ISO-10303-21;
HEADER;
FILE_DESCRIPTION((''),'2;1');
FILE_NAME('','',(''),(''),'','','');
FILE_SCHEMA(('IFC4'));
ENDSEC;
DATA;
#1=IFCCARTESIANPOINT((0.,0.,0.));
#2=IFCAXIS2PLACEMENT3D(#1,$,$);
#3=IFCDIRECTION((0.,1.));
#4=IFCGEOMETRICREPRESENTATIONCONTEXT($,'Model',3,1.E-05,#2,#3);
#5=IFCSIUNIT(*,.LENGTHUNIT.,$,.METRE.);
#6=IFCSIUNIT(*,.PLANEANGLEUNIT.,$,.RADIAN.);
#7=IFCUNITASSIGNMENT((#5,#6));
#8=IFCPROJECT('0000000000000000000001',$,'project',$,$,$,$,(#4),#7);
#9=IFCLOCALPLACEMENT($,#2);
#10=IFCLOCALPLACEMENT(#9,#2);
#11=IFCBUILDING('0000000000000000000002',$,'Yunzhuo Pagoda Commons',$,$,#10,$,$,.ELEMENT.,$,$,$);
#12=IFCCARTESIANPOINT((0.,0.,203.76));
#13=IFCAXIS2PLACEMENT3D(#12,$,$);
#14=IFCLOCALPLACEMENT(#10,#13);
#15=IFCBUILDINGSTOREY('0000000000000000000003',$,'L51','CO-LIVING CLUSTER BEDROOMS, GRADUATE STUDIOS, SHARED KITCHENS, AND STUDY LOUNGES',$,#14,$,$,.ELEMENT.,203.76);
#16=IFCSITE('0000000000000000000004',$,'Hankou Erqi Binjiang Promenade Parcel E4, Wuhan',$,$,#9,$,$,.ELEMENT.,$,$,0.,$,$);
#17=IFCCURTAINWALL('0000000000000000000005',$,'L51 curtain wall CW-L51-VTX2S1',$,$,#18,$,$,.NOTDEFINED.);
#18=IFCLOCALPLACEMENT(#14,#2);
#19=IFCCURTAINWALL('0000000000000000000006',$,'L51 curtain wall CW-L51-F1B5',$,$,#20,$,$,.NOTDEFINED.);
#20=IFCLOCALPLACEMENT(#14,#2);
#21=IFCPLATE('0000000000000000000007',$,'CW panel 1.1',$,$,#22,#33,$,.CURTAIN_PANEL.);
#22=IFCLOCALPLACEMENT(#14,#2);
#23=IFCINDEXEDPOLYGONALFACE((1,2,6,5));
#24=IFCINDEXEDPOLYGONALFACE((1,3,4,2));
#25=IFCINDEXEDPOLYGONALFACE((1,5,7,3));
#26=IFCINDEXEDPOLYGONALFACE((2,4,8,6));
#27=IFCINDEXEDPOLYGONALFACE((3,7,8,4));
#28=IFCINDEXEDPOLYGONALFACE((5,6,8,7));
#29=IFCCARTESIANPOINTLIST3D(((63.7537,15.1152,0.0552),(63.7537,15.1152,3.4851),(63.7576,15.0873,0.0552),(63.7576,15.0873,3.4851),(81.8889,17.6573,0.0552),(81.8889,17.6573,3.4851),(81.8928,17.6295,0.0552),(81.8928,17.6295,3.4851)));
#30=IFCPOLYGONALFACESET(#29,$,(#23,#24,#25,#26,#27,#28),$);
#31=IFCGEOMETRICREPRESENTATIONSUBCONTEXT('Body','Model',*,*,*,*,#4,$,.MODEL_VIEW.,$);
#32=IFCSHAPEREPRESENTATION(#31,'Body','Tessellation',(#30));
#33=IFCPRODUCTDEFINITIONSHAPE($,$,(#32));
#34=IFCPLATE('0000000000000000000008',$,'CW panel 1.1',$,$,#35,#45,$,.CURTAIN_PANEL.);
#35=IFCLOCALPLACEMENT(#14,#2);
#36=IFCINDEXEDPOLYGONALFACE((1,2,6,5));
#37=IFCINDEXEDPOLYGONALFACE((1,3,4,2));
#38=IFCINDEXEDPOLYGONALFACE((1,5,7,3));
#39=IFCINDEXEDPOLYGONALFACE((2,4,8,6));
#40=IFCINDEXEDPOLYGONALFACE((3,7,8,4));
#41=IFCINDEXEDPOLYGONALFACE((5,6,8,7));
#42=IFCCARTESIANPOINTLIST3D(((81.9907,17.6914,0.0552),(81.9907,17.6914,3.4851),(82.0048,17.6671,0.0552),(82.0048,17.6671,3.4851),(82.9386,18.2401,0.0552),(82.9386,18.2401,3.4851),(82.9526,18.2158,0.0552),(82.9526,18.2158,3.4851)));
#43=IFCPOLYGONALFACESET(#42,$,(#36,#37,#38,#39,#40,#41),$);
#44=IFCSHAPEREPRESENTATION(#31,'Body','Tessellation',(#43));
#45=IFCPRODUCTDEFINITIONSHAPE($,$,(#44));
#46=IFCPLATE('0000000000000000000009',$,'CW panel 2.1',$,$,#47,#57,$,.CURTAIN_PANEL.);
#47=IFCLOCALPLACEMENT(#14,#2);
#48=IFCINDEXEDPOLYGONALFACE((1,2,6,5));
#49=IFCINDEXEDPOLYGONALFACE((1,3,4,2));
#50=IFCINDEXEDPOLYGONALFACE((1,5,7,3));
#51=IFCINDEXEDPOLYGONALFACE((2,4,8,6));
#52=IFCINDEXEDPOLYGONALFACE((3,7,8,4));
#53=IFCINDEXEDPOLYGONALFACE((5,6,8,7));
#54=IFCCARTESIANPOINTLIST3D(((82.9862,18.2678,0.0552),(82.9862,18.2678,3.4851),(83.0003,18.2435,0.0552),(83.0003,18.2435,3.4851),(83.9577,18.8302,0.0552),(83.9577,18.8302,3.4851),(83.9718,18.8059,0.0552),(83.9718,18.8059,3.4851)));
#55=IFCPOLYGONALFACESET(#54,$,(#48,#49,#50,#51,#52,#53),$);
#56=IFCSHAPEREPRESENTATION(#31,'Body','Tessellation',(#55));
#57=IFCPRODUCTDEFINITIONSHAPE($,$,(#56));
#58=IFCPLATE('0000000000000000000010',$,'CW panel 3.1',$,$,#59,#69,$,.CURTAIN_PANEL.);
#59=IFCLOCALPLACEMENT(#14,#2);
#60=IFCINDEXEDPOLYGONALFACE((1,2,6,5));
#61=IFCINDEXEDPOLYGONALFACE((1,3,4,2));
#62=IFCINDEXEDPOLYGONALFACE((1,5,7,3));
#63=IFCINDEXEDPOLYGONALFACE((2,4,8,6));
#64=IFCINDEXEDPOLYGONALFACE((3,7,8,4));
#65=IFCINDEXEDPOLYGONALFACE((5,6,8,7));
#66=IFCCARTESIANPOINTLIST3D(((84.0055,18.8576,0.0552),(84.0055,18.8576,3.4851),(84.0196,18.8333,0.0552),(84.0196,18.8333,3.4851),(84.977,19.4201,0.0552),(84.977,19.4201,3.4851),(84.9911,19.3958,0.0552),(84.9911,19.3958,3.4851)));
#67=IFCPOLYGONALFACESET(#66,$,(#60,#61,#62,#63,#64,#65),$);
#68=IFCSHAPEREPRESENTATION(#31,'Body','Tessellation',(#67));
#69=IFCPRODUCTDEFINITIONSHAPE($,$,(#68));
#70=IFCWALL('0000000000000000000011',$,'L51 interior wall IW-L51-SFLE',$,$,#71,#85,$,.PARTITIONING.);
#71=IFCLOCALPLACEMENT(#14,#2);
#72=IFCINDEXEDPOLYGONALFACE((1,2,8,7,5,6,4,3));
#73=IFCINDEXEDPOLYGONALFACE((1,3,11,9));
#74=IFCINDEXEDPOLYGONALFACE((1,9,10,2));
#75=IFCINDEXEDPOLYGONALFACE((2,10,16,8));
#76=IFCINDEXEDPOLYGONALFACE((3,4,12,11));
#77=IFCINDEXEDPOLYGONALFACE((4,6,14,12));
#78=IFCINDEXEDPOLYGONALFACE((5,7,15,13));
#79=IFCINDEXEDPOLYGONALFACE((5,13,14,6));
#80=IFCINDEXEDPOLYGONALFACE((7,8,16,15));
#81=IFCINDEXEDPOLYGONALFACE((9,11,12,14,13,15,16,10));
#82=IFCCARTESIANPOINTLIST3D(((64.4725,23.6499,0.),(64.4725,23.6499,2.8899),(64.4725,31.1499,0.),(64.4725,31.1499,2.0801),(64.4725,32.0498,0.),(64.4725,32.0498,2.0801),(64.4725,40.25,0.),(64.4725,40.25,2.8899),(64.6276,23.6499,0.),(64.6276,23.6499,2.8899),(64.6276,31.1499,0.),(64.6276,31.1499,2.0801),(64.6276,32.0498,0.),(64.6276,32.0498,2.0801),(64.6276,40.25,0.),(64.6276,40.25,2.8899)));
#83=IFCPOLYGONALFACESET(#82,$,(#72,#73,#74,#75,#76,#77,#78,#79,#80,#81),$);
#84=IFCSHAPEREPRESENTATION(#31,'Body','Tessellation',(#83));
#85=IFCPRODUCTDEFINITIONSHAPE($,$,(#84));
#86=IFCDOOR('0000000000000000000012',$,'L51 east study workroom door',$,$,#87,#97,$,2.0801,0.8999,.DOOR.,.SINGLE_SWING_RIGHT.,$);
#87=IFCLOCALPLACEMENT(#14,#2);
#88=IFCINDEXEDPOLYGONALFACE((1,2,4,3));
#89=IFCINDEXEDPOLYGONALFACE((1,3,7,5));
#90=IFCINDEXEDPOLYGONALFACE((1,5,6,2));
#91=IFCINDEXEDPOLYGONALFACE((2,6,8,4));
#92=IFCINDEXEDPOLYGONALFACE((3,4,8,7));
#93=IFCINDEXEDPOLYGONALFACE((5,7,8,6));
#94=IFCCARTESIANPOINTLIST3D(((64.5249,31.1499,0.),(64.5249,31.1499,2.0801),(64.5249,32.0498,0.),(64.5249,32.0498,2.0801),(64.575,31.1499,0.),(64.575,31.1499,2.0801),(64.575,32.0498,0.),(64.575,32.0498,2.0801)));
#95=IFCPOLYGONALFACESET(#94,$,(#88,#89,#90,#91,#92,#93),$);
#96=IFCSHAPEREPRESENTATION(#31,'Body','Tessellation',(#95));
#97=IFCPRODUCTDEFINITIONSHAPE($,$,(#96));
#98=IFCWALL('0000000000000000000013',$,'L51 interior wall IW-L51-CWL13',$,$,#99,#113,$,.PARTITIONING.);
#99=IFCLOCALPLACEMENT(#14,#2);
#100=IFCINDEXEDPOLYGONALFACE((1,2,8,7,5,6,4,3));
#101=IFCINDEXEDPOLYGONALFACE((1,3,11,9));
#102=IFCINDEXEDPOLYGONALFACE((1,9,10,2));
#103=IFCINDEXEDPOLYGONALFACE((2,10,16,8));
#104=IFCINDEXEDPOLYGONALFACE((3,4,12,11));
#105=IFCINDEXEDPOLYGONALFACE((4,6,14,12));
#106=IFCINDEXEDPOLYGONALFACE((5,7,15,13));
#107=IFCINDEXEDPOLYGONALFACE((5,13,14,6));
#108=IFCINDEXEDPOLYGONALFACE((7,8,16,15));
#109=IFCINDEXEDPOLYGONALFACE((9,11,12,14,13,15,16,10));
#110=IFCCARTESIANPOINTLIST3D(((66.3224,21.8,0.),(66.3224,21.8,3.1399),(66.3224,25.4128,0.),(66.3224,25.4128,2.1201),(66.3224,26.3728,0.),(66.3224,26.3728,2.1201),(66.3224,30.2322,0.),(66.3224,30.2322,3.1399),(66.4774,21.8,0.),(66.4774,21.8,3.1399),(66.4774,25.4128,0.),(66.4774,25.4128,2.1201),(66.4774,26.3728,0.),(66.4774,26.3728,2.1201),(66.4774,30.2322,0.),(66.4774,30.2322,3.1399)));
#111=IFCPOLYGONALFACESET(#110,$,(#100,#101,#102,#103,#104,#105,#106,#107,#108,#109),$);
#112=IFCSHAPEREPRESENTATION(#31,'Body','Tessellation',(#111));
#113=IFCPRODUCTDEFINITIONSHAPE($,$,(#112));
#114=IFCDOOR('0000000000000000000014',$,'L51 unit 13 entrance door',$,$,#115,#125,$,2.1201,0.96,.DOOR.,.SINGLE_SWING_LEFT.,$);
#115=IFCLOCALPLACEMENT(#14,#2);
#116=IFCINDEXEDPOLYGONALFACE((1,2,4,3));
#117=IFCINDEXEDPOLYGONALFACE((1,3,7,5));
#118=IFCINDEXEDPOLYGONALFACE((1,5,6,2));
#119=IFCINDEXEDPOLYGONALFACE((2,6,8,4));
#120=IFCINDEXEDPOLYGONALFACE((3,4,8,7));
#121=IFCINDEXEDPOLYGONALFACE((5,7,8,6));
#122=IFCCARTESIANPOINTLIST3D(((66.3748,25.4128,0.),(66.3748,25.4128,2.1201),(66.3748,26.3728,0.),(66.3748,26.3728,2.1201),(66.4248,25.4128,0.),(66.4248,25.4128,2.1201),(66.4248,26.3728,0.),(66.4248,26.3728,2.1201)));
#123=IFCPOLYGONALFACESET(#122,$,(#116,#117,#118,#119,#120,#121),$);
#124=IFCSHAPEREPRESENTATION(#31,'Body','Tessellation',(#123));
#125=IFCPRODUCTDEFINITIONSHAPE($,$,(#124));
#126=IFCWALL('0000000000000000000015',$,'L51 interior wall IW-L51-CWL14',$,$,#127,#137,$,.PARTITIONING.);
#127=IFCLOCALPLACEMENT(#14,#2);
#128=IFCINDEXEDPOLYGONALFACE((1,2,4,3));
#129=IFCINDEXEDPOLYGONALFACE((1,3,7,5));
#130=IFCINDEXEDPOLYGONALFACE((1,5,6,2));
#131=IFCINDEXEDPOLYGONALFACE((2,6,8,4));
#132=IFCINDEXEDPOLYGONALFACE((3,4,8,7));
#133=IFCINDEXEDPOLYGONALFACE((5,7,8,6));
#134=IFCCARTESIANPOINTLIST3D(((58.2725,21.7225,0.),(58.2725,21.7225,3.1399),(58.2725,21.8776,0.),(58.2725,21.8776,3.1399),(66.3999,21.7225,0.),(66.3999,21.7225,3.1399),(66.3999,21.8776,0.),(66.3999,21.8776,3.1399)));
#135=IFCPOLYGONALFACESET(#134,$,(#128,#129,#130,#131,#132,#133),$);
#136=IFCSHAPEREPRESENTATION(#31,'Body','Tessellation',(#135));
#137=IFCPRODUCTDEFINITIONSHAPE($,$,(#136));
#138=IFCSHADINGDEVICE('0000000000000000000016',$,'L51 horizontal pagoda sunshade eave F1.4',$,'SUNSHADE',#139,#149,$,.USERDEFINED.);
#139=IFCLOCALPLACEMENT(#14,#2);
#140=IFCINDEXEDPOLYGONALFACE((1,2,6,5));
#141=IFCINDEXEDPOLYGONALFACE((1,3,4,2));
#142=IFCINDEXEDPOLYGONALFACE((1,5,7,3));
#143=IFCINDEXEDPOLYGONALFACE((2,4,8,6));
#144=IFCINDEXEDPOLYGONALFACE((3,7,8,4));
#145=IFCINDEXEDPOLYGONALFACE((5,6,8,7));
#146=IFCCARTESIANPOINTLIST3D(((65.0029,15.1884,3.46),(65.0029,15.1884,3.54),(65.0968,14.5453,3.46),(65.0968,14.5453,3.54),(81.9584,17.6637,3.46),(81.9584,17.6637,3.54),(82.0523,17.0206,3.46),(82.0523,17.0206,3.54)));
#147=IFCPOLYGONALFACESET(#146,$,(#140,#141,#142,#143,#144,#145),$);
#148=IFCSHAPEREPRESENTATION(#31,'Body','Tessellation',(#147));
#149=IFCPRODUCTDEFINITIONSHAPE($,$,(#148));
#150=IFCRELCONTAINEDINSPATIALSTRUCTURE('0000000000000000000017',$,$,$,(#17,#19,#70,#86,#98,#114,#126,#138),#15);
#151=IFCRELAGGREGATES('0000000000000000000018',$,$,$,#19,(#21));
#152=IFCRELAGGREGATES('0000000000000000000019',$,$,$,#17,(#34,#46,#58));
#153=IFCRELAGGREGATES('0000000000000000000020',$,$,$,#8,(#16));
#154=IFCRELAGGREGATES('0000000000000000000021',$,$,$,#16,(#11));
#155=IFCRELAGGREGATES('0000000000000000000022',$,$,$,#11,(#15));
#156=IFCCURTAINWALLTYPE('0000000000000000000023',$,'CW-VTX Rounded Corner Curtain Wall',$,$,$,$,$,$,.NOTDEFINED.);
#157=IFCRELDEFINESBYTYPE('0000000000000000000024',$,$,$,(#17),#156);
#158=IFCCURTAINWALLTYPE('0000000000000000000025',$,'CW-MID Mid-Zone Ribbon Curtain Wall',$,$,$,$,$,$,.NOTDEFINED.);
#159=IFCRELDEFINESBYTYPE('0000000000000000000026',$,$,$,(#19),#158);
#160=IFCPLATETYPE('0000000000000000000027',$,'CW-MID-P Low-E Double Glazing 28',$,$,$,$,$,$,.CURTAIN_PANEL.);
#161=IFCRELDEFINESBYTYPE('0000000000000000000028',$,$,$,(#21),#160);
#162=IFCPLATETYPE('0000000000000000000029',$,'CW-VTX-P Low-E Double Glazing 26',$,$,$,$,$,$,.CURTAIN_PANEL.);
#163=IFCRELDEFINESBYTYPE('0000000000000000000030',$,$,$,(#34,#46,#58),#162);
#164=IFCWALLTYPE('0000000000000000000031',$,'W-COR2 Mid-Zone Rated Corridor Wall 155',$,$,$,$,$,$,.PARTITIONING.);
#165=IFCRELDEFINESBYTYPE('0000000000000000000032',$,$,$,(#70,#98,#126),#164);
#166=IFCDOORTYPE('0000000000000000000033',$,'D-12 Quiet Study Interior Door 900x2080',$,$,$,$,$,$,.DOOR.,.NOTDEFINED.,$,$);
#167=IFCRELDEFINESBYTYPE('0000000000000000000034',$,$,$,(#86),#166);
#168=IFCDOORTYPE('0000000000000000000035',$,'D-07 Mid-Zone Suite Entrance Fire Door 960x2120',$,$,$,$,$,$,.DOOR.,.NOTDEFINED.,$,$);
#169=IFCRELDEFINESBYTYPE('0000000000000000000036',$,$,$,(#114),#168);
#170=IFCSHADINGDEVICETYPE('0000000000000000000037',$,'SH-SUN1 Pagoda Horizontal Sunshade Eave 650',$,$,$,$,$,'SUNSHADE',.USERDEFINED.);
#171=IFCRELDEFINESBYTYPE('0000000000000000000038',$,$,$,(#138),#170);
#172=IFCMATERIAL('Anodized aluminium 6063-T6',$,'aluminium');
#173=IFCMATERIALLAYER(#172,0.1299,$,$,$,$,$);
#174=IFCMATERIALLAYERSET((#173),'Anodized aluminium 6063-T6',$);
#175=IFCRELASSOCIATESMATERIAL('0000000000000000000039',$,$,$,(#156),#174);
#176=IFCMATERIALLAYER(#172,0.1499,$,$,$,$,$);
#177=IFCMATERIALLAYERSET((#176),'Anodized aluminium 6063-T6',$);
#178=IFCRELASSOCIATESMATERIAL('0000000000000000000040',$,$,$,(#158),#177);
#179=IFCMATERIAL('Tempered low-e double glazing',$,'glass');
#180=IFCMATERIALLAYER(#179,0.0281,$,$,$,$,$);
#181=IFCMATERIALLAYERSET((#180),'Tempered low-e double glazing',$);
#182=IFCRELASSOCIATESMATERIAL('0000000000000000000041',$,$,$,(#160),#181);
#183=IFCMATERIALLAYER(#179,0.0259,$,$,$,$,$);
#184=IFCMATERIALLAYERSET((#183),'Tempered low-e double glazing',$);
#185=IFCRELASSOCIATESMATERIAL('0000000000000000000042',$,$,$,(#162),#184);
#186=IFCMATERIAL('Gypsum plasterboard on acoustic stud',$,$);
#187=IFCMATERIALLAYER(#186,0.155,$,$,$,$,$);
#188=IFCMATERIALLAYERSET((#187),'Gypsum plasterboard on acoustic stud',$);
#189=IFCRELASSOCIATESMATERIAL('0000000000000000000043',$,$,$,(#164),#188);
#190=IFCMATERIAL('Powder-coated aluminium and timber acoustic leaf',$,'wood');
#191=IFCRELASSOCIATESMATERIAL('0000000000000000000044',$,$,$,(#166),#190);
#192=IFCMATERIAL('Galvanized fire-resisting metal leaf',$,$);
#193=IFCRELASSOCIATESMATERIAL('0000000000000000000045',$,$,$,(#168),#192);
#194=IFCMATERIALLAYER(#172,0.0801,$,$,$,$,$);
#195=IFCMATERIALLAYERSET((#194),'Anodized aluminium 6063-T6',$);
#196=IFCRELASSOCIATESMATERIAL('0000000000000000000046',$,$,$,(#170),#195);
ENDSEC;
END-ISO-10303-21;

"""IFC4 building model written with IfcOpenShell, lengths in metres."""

from ifc_helpers import new_model, si_unit, direction, frame, frame_2d, origin, origin_with_axes, origin_2d, place, context, subcontext, project, spatial, rectangle, extrude, source, transform, mapped, material, layer, layer_set, type_object, element, fill, aggregate, save


model = new_model("IFC4")

# Units and contexts
model_context = context("Model", 3, precision=1e-05, world=origin(), true_north=direction((0.0, 1.0)))
body_context = subcontext(model_context, "Body", "Model", "MODEL_VIEW")
ifc_project = project(units=[si_unit("LENGTHUNIT", "METRE"), si_unit("PLANEANGLEUNIT", "RADIAN")], contexts=[model_context])

# Site, building, storey
site_placement = place(None, origin())
site = spatial("IfcSite", under=ifc_project, at=site_placement, Name="Hankou Erqi Binjiang Promenade Parcel E4, Wuhan", CompositionType="ELEMENT", RefElevation=0.0)
building_placement = place(site_placement, origin())
building = spatial("IfcBuilding", under=site, at=building_placement, Name="Yunzhuo Pagoda Commons", CompositionType="ELEMENT")
storey_placement = place(building_placement, frame((0.0, 0.0, 203.76)))
storey = spatial("IfcBuildingStorey", under=building, at=storey_placement, Name="L51", Description="CO-LIVING CLUSTER BEDROOMS, GRADUATE STUDIOS, SHARED KITCHENS, AND STUDY LOUNGES", CompositionType="ELEMENT", Elevation=203.76)

# Curtain wall
ifc_material_1 = material(Name="Anodized aluminium 6063-T6", Category="aluminium")
ifc_layer_1 = layer(ifc_material_1, 0.1299)
ifc_layer_set_1 = layer_set([ifc_layer_1], Name="Anodized aluminium 6063-T6")
curtain_wall_type_1 = type_object("IfcCurtainWallType", Name="CW-VTX Rounded Corner Curtain Wall", PredefinedType="NOTDEFINED", material=ifc_layer_set_1)
curtain_wall_1_placement = place(storey_placement, origin())
curtain_wall_1 = element("IfcCurtainWall", 1, at=curtain_wall_1_placement, inside=storey, type_object=curtain_wall_type_1, Name="L51 curtain wall CW-L51-VTX2S1", PredefinedType="NOTDEFINED")

# Curtain wall
ifc_layer_2 = layer(ifc_material_1, 0.1499)
ifc_layer_set_2 = layer_set([ifc_layer_2], Name="Anodized aluminium 6063-T6")
curtain_wall_type_2 = type_object("IfcCurtainWallType", Name="CW-MID Mid-Zone Ribbon Curtain Wall", PredefinedType="NOTDEFINED", material=ifc_layer_set_2)
curtain_wall_2_placement = place(storey_placement, origin())
curtain_wall_2 = element("IfcCurtainWall", 2, at=curtain_wall_2_placement, inside=storey, type_object=curtain_wall_type_2, Name="L51 curtain wall CW-L51-F1B5", PredefinedType="NOTDEFINED")

# Plates
ifc_material_2 = material(Name="Tempered low-e double glazing", Category="glass")
ifc_layer_3 = layer(ifc_material_2, 0.0281)
ifc_layer_set_3 = layer_set([ifc_layer_3], Name="Tempered low-e double glazing")
plate_type_1 = type_object("IfcPlateType", Name="CW-MID-P Low-E Double Glazing 28", PredefinedType="CURTAIN_PANEL", material=ifc_layer_set_3)
shared_shape_1 = source(origin(), body_context, "Body", "SweptSolid", [
    extrude(rectangle(XDim=18.3125, YDim=0.0281, at=origin_2d()), origin(), (0.0, 0.0, 1.0), 3.4299),
])
plate_1_placement = place(storey_placement, frame((72.8232, 16.3723, 0.0552), z_axis=(0.0, 0.0, 1.0), x_axis=(0.990318, 0.138819, 0.0)))
plate_1 = element("IfcPlate", 3, at=plate_1_placement, type_object=plate_type_1, Name="CW panel 1.1", PredefinedType="CURTAIN_PANEL", context=body_context, shape_type="MappedRepresentation", body=[
    mapped(shared_shape_1, transform((0.0, 0.0, 0.0), scale=1.0)),
])
aggregate(curtain_wall_2, [plate_1])
ifc_layer_4 = layer(ifc_material_2, 0.0259)
ifc_layer_set_4 = layer_set([ifc_layer_4], Name="Tempered low-e double glazing")
plate_type_2 = type_object("IfcPlateType", Name="CW-VTX-P Low-E Double Glazing 26", PredefinedType="CURTAIN_PANEL", material=ifc_layer_set_4)
shared_shape_2 = source(origin(), body_context, "Body", "SweptSolid", [
    extrude(rectangle(XDim=1.0952, YDim=0.0281, at=origin_2d()), origin(), (0.0, 0.0, 1.0), 3.4299),
])
plate_2_placement = place(storey_placement, frame((82.4717, 17.9536, 0.0552), z_axis=(0.0, 0.0, 1.0), x_axis=(0.865426, 0.501037, 0.0)))
plate_2 = element("IfcPlate", 4, at=plate_2_placement, type_object=plate_type_2, Name="CW panel 1.1", PredefinedType="CURTAIN_PANEL", context=body_context, shape_type="MappedRepresentation", body=[
    mapped(shared_shape_2, transform((0.0, 0.0, 0.0), scale=1.0)),
])
shared_shape_3 = source(origin(), body_context, "Body", "SweptSolid", [
    extrude(rectangle(XDim=1.1226, YDim=0.0281, at=origin_2d()), origin(), (0.0, 0.0, 1.0), 3.4299),
])
plate_3_placement = place(storey_placement, frame((83.479, 18.5369, 0.0552), z_axis=(0.0, 0.0, 1.0), x_axis=(0.865426, 0.501037, 0.0)))
plate_3 = element("IfcPlate", 5, at=plate_3_placement, type_object=plate_type_2, Name="CW panel 2.1", PredefinedType="CURTAIN_PANEL", context=body_context, shape_type="MappedRepresentation", body=[
    mapped(shared_shape_3, transform((0.0, 0.0, 0.0), scale=1.0)),
])
plate_4_placement = place(storey_placement, frame((84.4983, 19.1267, 0.0552), z_axis=(0.0, 0.0, 1.0), x_axis=(0.865426, 0.501037, 0.0)))
plate_4 = element("IfcPlate", 6, at=plate_4_placement, type_object=plate_type_2, Name="CW panel 3.1", PredefinedType="CURTAIN_PANEL", context=body_context, shape_type="MappedRepresentation", body=[
    mapped(shared_shape_3, transform((0.0, 0.0, 0.0), scale=1.0)),
])
aggregate(curtain_wall_1, [plate_2, plate_3, plate_4])

# Walls, openings, doors
ifc_material_3 = material(Name="Gypsum plasterboard on acoustic stud")
ifc_layer_5 = layer(ifc_material_3, 0.155)
ifc_layer_set_5 = layer_set([ifc_layer_5], Name="Gypsum plasterboard on acoustic stud")
wall_type = type_object("IfcWallType", Name="W-COR2 Mid-Zone Rated Corridor Wall 155", PredefinedType="PARTITIONING", material=ifc_layer_set_5)
wall_1_placement = place(storey_placement, frame((64.55, 23.6499, 0.0), z_axis=(0.0, 0.0, 1.0), x_axis=(0.0, 1.0, 0.0)))
wall_1 = element("IfcWall", 7, at=wall_1_placement, inside=storey, type_object=wall_type, Name="L51 interior wall IW-L51-SFLE", PredefinedType="PARTITIONING", context=body_context, shape_type="SweptSolid", body=[
    extrude(rectangle(XDim=16.6001, YDim=0.155, at=frame_2d((8.3, 0.0))), origin(), (0.0, 0.0, 1.0), 2.8899),
])
opening_1_placement = place(wall_1_placement, frame((7.5, 0.0, 0.0)))
opening_1 = element("IfcOpeningElement", 8, at=opening_1_placement, cuts=wall_1, PredefinedType="OPENING", context=body_context, shape_type="SweptSolid", body=[
    extrude(rectangle(XDim=0.8999, YDim=2.0801, at=frame_2d((0.45, 1.04))), frame((0.0, 0.0874, 0.0), z_axis=(0.0, -1.0, 0.0), x_axis=(1.0, 0.0, 0.0)), (0.0, 0.0, 1.0), 0.175),
])
ifc_material_4 = material(Name="Powder-coated aluminium and timber acoustic leaf", Category="wood")
door_type_1 = type_object("IfcDoorType", Name="D-12 Quiet Study Interior Door 900x2080", OperationType="NOTDEFINED", PredefinedType="DOOR", material=ifc_material_4)
shared_shape_4 = source(origin(), body_context, "Body", "SweptSolid", [
    extrude(rectangle(XDim=0.8999, YDim=2.0801, at=frame_2d((0.45, 1.04))), frame((0.0, 0.0249, 0.0), z_axis=(0.0, -1.0, 0.0), x_axis=(1.0, 0.0, 0.0)), (0.0, 0.0, 1.0), 0.05),
])
door_1_placement = place(opening_1_placement, frame((0.8999, 0.0, 0.0), z_axis=(0.0, 0.0, 1.0), x_axis=(-1.0, 0.0, 0.0)))
door_1 = element("IfcDoor", 9, at=door_1_placement, inside=storey, type_object=door_type_1, Name="L51 east study workroom door", OperationType="SINGLE_SWING_RIGHT", OverallHeight=2.0801, OverallWidth=0.8999, PredefinedType="DOOR", context=body_context, shape_type="MappedRepresentation", body=[
    mapped(shared_shape_4, transform((0.0, 0.0, 0.0), scale=1.0)),
])
fill(opening_1, door_1)
wall_2_placement = place(storey_placement, frame((66.3999, 30.2322, 0.0), z_axis=(0.0, 0.0, 1.0), x_axis=(0.0, -1.0, 0.0)))
wall_2 = element("IfcWall", 10, at=wall_2_placement, inside=storey, type_object=wall_type, Name="L51 interior wall IW-L51-CWL13", PredefinedType="PARTITIONING", context=body_context, shape_type="SweptSolid", body=[
    extrude(rectangle(XDim=8.4321, YDim=0.155, at=frame_2d((4.2161, 0.0))), origin(), (0.0, 0.0, 1.0), 3.1399),
])
opening_2_placement = place(wall_2_placement, frame((3.8594, 0.0, 0.0)))
opening_2 = element("IfcOpeningElement", 11, at=opening_2_placement, cuts=wall_2, PredefinedType="OPENING", context=body_context, shape_type="SweptSolid", body=[
    extrude(rectangle(XDim=0.96, YDim=2.1201, at=frame_2d((0.48, 1.0601))), frame((0.0, 0.0874, 0.0), z_axis=(0.0, -1.0, 0.0), x_axis=(1.0, 0.0, 0.0)), (0.0, 0.0, 1.0), 0.175),
])
ifc_material_5 = material(Name="Galvanized fire-resisting metal leaf")
door_type_2 = type_object("IfcDoorType", Name="D-07 Mid-Zone Suite Entrance Fire Door 960x2120", OperationType="NOTDEFINED", PredefinedType="DOOR", material=ifc_material_5)
shared_shape_5 = source(origin(), body_context, "Body", "SweptSolid", [
    extrude(rectangle(XDim=0.96, YDim=2.1201, at=frame_2d((0.48, 1.0601))), frame((0.0, 0.0249, 0.0), z_axis=(0.0, -1.0, 0.0), x_axis=(1.0, 0.0, 0.0)), (0.0, 0.0, 1.0), 0.05),
])
door_2_placement = place(opening_2_placement, origin_with_axes())
door_2 = element("IfcDoor", 12, at=door_2_placement, inside=storey, type_object=door_type_2, Name="L51 unit 13 entrance door", OperationType="SINGLE_SWING_LEFT", OverallHeight=2.1201, OverallWidth=0.96, PredefinedType="DOOR", context=body_context, shape_type="MappedRepresentation", body=[
    mapped(shared_shape_5, transform((0.0, 0.0, 0.0), scale=1.0)),
])
fill(opening_2, door_2)

# Wall
wall_3_placement = place(storey_placement, frame((66.3999, 21.8, 0.0), z_axis=(0.0, 0.0, 1.0), x_axis=(-1.0, 0.0, 0.0)))
element("IfcWall", 13, at=wall_3_placement, inside=storey, type_object=wall_type, Name="L51 interior wall IW-L51-CWL14", PredefinedType="PARTITIONING", context=body_context, shape_type="SweptSolid", body=[
    extrude(rectangle(XDim=8.1274, YDim=0.155, at=frame_2d((4.0637, 0.0))), origin(), (0.0, 0.0, 1.0), 3.1399),
])

# Shading device
ifc_layer_6 = layer(ifc_material_1, 0.0801)
ifc_layer_set_6 = layer_set([ifc_layer_6], Name="Anodized aluminium 6063-T6")
shading_device_type = type_object("IfcShadingDeviceType", Name="SH-SUN1 Pagoda Horizontal Sunshade Eave 650", ElementType="SUNSHADE", PredefinedType="USERDEFINED", material=ifc_layer_set_6)
shared_shape_6 = source(origin(), body_context, "Body", "SweptSolid", [
    extrude(rectangle(XDim=17.1353, YDim=0.6499, at=origin_2d()), origin(), (0.0, 0.0, 1.0), 0.0801),
])
shading_device_placement = place(storey_placement, frame((73.5276, 16.1045, 3.46), z_axis=(0.0, 0.0, 1.0), x_axis=(0.989511, 0.14446, 0.0)))
element("IfcShadingDevice", 14, at=shading_device_placement, inside=storey, type_object=shading_device_type, Name="L51 horizontal pagoda sunshade eave F1.4", ObjectType="SUNSHADE", PredefinedType="USERDEFINED", context=body_context, shape_type="MappedRepresentation", body=[
    mapped(shared_shape_6, transform((0.0, 0.0, 0.0), scale=1.0)),
])

save(model, "model.ifc")
